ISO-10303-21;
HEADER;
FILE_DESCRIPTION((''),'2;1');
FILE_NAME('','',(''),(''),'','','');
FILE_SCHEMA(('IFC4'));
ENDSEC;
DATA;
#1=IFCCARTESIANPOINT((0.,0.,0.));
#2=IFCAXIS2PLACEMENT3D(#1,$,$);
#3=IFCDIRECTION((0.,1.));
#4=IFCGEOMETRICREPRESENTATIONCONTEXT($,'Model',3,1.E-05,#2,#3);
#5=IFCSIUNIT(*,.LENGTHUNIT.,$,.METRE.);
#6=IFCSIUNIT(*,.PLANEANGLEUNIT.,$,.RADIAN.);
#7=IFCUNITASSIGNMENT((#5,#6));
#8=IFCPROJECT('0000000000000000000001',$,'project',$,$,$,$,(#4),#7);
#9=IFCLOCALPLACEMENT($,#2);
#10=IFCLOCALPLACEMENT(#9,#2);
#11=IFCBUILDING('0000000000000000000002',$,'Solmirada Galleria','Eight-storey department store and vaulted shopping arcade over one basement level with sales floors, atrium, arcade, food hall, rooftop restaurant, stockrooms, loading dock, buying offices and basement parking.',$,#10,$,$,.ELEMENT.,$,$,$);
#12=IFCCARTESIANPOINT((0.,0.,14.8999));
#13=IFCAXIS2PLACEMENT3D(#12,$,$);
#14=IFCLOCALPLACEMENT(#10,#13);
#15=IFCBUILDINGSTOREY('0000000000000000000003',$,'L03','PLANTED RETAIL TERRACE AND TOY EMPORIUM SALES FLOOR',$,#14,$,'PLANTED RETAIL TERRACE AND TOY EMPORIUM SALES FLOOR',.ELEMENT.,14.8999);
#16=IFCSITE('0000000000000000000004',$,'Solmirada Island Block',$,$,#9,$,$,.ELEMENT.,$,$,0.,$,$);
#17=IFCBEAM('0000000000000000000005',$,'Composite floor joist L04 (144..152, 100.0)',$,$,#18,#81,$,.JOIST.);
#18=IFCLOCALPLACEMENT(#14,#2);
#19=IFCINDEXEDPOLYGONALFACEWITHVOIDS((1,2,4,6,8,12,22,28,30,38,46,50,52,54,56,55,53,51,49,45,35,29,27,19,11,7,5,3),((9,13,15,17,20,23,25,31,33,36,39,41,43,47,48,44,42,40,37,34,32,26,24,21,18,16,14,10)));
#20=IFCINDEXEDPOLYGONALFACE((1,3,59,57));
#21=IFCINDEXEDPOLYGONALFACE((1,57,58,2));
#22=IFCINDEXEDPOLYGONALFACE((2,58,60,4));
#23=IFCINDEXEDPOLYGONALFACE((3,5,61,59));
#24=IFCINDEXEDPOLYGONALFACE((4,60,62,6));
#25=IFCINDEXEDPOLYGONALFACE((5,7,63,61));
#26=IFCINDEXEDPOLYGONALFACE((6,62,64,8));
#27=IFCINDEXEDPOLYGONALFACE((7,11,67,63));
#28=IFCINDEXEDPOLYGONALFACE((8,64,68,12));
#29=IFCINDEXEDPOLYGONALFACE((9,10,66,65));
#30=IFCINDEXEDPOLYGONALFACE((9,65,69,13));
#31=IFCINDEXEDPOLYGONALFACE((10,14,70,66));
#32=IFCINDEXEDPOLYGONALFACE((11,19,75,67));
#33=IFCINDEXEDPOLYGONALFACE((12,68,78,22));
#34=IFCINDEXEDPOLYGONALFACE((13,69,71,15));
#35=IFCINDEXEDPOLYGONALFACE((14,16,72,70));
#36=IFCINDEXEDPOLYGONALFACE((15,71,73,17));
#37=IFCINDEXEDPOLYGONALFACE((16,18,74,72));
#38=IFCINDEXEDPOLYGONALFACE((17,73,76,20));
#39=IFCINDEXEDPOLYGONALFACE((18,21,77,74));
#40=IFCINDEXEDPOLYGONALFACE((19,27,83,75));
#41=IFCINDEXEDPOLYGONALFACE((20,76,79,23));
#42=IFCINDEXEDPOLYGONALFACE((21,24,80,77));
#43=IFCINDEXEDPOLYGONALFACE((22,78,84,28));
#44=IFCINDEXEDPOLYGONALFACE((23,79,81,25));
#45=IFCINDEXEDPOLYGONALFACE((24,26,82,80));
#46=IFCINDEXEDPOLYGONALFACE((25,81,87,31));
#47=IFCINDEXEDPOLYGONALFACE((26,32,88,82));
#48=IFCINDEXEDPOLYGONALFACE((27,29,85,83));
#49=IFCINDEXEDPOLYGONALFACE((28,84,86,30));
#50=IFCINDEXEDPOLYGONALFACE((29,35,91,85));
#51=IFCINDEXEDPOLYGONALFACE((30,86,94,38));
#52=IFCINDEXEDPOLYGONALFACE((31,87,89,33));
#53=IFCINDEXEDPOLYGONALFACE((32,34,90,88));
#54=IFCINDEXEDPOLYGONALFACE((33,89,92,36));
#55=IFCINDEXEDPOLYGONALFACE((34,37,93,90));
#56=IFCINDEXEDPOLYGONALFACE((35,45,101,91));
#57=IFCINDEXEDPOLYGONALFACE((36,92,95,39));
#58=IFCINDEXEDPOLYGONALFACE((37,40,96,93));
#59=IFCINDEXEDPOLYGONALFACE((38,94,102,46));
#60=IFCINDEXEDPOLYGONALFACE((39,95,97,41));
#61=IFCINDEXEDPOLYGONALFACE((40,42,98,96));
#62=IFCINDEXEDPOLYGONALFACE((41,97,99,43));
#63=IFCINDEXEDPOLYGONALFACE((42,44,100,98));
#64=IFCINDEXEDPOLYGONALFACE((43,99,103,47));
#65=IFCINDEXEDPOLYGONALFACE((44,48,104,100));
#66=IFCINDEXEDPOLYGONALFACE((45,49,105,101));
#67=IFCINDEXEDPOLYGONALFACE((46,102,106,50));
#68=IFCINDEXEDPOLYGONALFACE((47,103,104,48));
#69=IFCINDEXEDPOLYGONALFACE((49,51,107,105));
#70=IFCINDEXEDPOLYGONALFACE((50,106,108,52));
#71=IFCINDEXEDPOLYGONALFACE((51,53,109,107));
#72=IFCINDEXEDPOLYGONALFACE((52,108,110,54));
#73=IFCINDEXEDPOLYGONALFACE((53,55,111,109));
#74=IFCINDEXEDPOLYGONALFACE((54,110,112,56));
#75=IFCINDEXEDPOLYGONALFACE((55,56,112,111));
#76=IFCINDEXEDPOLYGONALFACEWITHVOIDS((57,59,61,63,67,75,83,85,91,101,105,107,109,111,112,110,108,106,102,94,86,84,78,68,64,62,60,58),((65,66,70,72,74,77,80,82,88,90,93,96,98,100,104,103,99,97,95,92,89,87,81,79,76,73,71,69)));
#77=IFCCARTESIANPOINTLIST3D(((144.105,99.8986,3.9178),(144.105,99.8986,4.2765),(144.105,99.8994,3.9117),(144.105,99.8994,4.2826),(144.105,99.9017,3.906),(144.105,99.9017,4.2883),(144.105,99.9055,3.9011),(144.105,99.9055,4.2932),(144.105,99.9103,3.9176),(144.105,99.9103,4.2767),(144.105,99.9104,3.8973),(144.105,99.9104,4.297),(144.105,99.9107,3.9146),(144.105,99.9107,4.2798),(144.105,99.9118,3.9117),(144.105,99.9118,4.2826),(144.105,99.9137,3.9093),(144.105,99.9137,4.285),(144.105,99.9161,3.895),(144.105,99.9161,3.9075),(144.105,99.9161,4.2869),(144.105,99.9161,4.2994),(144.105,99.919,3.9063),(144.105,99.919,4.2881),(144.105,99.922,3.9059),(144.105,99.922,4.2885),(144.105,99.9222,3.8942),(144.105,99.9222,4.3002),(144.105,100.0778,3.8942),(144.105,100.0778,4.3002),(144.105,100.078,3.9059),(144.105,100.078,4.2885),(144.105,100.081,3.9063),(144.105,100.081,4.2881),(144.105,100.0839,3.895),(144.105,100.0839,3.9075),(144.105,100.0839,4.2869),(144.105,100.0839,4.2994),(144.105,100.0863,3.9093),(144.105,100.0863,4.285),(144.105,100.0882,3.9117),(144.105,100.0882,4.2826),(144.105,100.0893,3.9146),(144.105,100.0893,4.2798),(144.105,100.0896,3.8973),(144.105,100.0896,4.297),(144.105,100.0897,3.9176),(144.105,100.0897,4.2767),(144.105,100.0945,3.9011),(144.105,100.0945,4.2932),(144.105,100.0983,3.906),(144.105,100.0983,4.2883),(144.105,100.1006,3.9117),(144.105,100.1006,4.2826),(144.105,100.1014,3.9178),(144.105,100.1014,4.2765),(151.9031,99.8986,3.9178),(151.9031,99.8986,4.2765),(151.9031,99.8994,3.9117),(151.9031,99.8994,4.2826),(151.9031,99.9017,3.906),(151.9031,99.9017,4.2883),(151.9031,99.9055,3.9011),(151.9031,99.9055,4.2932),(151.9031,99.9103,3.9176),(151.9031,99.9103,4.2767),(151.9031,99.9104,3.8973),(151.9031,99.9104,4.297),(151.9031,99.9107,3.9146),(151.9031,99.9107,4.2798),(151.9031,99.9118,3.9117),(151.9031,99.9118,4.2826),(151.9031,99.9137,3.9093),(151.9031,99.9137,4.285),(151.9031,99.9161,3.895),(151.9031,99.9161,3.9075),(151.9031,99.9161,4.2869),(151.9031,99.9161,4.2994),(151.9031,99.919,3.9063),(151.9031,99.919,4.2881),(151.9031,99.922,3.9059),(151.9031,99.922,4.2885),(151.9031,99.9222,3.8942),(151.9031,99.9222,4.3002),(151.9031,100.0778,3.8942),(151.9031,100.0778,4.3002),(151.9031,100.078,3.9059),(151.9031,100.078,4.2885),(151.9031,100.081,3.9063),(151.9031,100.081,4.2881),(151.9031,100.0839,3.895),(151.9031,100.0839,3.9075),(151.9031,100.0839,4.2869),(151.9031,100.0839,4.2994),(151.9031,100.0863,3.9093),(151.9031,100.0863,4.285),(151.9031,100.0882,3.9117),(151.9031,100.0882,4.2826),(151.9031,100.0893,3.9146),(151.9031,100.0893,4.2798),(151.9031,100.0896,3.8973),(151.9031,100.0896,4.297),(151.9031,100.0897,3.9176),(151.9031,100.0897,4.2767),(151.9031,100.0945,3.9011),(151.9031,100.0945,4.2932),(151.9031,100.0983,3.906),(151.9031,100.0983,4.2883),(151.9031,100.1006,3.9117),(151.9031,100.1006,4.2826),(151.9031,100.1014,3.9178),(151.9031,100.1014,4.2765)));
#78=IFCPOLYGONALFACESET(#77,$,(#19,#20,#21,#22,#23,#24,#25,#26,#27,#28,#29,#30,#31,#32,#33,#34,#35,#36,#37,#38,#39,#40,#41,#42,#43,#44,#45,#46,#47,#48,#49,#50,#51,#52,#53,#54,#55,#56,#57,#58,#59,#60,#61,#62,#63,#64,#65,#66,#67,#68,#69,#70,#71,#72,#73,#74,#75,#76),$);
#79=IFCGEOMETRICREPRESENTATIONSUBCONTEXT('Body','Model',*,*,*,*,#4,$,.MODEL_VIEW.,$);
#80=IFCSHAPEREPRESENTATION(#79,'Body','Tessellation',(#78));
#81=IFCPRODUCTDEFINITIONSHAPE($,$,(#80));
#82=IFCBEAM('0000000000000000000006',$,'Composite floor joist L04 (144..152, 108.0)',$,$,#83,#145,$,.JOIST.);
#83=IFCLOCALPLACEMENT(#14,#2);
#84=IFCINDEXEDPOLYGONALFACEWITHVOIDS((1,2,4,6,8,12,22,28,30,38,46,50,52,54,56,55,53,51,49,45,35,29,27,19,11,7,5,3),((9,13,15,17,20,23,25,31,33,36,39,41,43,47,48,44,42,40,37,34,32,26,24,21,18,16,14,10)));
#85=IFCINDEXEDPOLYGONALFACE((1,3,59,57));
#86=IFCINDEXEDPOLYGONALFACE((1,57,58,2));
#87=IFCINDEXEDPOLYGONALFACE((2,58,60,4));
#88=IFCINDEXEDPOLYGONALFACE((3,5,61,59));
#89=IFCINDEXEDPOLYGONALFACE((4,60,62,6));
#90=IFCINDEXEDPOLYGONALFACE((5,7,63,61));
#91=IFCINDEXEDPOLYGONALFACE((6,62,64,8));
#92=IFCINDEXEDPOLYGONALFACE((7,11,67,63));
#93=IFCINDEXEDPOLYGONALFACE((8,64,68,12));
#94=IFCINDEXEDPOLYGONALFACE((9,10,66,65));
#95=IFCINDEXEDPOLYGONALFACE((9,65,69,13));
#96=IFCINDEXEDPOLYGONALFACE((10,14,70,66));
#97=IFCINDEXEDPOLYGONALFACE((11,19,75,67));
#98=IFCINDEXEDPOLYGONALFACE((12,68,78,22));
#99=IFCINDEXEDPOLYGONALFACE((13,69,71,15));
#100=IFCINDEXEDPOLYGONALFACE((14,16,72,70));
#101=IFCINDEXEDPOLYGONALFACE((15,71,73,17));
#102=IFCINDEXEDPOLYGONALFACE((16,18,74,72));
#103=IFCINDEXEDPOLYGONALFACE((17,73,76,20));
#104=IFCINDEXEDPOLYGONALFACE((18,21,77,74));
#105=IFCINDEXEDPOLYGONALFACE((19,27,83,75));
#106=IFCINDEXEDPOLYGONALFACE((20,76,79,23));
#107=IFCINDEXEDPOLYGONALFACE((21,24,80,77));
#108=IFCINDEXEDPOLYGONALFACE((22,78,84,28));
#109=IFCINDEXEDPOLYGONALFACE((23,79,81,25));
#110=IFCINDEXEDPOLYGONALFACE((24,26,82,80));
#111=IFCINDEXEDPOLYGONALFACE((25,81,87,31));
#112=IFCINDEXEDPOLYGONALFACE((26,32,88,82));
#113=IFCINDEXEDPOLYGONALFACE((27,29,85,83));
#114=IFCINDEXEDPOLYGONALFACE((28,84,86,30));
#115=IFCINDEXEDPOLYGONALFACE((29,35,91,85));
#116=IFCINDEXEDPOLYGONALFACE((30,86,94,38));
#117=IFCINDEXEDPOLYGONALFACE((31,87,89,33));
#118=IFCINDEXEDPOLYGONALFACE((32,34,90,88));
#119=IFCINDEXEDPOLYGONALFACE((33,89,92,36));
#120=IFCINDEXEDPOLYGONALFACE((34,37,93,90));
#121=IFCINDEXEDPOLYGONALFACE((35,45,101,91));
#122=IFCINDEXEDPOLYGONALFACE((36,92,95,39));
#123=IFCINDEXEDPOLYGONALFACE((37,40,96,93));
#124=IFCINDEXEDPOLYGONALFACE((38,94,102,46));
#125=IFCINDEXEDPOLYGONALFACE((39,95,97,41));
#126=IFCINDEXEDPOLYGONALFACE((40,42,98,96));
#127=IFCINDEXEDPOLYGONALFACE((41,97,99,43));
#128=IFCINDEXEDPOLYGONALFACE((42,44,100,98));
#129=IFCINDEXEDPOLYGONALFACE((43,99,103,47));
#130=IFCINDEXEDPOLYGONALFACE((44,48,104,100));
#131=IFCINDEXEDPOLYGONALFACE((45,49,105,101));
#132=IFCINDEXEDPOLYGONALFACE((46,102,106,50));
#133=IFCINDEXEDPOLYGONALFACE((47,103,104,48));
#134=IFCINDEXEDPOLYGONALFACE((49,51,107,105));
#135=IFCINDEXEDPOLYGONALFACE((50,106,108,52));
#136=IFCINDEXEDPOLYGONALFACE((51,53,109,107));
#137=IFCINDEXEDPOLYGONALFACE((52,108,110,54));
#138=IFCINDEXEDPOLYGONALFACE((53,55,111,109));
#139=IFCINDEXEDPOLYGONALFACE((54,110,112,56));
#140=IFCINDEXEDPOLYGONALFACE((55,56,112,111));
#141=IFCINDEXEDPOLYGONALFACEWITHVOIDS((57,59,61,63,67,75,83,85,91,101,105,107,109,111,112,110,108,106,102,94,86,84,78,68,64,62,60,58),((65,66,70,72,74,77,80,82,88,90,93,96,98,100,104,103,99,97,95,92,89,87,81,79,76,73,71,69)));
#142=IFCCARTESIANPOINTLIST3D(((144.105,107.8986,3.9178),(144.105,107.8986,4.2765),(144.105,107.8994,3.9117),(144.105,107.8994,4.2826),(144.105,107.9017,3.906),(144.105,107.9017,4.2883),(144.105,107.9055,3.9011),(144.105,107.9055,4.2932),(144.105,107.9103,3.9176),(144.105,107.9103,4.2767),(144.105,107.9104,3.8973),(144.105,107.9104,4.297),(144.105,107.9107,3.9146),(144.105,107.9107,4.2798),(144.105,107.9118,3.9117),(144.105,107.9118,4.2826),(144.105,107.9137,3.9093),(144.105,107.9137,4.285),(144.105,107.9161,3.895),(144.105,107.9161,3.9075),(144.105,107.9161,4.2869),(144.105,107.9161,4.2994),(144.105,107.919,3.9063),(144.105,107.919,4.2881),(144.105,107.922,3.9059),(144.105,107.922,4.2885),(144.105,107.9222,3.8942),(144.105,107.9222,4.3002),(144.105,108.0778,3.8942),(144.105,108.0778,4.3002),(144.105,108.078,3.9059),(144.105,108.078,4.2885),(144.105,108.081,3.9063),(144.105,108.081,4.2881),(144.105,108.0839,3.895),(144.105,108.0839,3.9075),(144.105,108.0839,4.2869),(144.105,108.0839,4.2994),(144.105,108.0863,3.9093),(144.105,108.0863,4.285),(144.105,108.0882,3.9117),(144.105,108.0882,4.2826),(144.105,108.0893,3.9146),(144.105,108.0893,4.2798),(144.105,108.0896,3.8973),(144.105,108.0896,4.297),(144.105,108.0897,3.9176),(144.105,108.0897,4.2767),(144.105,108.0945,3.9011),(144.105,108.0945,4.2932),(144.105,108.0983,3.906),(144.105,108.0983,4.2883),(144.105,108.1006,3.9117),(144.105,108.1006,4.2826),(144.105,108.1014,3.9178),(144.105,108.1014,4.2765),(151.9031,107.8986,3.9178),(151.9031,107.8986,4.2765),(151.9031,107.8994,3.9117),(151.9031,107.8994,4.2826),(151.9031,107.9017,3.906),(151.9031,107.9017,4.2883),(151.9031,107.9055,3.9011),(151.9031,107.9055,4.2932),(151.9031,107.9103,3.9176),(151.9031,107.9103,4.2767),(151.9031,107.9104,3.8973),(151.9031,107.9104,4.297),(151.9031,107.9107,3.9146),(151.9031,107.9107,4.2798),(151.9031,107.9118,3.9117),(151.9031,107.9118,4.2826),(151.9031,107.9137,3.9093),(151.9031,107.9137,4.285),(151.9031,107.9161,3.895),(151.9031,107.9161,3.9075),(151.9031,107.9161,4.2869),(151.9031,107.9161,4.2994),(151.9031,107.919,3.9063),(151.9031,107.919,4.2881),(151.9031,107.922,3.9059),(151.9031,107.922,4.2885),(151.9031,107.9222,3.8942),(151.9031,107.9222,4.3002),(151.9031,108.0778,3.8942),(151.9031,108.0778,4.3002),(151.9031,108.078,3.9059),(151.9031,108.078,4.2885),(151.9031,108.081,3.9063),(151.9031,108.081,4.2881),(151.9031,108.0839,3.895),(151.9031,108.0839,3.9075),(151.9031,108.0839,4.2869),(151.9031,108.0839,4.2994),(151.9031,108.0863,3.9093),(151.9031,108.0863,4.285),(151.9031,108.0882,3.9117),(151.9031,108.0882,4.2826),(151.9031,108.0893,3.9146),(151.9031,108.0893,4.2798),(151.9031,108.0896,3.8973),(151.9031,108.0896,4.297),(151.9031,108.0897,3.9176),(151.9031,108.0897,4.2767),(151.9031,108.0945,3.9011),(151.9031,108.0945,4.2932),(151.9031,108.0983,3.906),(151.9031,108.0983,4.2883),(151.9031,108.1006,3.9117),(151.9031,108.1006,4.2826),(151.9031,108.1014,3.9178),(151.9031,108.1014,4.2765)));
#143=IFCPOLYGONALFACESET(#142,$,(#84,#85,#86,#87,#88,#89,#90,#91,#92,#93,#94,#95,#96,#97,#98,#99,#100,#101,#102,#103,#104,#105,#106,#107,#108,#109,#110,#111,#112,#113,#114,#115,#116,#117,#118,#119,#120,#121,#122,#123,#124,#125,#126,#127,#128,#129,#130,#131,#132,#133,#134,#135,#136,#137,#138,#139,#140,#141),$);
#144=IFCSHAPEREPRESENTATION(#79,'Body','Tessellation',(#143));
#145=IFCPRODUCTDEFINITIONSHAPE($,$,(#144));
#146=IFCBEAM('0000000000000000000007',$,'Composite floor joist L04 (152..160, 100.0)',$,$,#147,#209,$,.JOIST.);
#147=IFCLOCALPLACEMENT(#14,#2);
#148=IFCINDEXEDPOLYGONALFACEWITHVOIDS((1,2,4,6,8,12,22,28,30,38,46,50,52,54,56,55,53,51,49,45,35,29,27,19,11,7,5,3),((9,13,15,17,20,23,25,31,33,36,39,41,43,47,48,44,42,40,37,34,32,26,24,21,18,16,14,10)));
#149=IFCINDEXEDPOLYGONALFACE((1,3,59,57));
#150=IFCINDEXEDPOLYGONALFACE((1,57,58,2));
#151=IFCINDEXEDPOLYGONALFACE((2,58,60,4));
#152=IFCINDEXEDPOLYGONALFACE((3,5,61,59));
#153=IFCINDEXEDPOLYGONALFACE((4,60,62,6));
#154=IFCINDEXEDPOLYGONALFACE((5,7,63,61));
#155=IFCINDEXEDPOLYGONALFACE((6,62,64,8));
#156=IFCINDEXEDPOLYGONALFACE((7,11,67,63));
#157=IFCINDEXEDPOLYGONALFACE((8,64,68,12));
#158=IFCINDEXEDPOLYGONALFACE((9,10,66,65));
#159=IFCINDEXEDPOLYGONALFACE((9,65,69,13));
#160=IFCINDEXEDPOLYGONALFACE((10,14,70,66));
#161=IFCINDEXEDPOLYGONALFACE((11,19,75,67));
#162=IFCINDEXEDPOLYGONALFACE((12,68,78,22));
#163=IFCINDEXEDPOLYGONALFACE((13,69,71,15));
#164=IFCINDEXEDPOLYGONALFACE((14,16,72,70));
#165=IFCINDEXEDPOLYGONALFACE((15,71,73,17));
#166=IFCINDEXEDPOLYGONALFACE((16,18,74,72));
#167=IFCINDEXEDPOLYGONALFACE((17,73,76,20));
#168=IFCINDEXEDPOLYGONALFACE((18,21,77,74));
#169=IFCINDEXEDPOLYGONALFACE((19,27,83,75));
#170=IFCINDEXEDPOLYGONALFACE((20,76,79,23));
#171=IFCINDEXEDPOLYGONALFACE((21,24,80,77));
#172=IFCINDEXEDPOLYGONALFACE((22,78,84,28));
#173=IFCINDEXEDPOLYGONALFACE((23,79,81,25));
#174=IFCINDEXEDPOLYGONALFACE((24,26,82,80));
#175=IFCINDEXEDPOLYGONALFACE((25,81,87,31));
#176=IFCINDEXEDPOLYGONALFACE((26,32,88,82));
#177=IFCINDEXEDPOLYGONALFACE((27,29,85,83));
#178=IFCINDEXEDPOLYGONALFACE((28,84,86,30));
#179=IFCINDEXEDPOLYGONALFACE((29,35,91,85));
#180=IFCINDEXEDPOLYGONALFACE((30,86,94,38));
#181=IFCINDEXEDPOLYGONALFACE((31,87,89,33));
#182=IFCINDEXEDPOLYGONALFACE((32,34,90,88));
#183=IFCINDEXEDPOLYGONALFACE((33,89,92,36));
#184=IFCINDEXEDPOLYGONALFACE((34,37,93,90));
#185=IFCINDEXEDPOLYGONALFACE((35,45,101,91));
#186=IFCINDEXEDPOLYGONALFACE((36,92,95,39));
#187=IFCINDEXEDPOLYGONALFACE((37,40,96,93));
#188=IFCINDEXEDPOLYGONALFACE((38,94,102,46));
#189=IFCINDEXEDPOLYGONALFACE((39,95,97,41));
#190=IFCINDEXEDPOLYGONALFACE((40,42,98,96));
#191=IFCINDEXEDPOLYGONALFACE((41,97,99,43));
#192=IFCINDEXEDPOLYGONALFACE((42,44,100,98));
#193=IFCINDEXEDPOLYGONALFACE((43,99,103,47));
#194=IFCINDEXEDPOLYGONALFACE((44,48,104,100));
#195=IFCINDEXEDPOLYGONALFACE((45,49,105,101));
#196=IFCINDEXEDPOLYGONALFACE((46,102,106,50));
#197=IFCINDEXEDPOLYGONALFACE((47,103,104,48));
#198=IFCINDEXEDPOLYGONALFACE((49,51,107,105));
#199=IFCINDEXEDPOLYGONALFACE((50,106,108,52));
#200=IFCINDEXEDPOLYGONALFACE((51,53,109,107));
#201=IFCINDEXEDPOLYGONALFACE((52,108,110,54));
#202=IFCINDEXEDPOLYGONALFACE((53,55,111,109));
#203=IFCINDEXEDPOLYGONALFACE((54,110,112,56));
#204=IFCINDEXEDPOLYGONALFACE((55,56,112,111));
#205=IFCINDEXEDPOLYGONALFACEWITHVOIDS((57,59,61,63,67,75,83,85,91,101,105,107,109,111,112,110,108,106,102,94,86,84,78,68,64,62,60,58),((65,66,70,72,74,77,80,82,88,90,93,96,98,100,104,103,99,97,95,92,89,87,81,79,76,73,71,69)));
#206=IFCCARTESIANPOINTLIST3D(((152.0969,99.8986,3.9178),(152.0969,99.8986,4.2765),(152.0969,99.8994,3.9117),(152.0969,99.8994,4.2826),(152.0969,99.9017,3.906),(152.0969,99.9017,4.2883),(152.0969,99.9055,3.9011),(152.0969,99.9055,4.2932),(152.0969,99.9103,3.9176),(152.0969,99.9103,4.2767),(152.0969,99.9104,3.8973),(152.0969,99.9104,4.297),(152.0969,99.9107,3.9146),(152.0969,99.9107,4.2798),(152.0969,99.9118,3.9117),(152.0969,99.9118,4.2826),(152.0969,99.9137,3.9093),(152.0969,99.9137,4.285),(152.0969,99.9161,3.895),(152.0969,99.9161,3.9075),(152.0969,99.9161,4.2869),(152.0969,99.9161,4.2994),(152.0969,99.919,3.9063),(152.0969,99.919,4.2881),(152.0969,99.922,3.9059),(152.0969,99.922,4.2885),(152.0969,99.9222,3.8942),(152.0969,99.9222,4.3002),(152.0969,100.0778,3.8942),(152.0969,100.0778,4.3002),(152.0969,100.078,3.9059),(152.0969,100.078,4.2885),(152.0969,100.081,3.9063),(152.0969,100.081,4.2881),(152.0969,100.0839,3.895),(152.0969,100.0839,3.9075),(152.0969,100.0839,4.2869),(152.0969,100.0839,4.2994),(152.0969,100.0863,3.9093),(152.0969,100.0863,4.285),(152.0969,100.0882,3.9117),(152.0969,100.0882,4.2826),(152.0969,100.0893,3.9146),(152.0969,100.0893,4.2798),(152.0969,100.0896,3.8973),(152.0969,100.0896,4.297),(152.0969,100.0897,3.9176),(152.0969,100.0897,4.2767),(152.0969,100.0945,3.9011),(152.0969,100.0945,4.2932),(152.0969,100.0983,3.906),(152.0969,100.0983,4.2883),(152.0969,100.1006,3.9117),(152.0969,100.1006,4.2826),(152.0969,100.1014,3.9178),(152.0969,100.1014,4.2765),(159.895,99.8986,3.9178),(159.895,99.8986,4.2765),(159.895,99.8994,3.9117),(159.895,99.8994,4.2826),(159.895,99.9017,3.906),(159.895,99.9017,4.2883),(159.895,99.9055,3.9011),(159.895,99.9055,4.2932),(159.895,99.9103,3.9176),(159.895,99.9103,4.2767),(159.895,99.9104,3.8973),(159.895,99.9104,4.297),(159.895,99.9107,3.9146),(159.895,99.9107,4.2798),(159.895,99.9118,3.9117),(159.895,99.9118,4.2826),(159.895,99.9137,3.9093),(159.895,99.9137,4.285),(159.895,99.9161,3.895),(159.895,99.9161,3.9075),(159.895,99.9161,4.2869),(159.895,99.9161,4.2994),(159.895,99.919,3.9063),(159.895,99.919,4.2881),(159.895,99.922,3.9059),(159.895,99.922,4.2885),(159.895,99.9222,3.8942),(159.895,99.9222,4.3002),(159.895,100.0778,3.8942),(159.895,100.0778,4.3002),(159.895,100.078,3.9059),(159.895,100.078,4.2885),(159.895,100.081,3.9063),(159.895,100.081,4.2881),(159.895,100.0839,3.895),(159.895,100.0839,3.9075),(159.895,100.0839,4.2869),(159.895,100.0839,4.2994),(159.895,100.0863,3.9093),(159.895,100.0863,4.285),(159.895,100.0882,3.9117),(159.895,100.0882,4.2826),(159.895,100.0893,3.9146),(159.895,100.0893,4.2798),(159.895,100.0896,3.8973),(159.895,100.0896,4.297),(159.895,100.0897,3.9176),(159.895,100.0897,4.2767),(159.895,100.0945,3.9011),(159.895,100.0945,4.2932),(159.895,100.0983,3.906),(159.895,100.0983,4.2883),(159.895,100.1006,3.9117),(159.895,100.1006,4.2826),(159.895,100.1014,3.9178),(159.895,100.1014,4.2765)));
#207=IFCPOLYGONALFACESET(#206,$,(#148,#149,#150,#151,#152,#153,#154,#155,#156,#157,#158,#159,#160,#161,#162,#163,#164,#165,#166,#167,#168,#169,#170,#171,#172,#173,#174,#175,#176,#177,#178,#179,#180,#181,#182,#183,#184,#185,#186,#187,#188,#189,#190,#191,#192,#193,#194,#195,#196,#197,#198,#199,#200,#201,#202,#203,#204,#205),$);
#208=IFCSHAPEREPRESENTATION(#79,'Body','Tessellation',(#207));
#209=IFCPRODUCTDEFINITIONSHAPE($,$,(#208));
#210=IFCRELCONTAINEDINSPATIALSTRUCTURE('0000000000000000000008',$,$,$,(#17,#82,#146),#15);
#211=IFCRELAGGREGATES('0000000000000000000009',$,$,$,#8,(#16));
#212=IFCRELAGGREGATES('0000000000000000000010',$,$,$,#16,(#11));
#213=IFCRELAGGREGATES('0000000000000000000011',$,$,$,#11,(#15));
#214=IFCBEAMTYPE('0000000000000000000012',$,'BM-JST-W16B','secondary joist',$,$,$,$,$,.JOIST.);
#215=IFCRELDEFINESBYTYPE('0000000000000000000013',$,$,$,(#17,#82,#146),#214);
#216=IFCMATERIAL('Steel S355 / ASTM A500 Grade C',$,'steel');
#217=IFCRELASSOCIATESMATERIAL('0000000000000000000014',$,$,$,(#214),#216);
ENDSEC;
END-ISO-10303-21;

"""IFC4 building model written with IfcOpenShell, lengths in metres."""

from ifc_helpers import new_model, si_unit, direction, frame, origin, origin_2d, place, context, subcontext, project, spatial, hollow_rectangle, extrude, material, material_profile, profile_set, type_object, element, save


model = new_model("IFC4")

# Units and contexts
model_context = context("Model", 3, precision=1e-05, world=origin(), true_north=direction((0.0, 1.0)))
body_context = subcontext(model_context, "Body", "Model", "MODEL_VIEW")
ifc_project = project(units=[si_unit("LENGTHUNIT", "METRE"), si_unit("PLANEANGLEUNIT", "RADIAN")], contexts=[model_context])

# Site, building, storey
site_placement = place(None, origin())
site = spatial("IfcSite", under=ifc_project, at=site_placement, Name="Solmirada Island Block", CompositionType="ELEMENT", RefElevation=0.0)
building_placement = place(site_placement, origin())
building = spatial("IfcBuilding", under=site, at=building_placement, Name="Solmirada Galleria", Description="Eight-storey department store and vaulted shopping arcade over one basement level with sales floors, atrium, arcade, food hall, rooftop restaurant, stockrooms, loading dock, buying offices and basement parking.", CompositionType="ELEMENT")
storey_placement = place(building_placement, frame((0.0, 0.0, 14.8999)))
storey = spatial("IfcBuildingStorey", under=building, at=storey_placement, Name="L03", Description="PLANTED RETAIL TERRACE AND TOY EMPORIUM SALES FLOOR", LongName="PLANTED RETAIL TERRACE AND TOY EMPORIUM SALES FLOOR", CompositionType="ELEMENT", Elevation=14.8999)

# Beams
ifc_material_1 = material(Name="Steel S355 / ASTM A500 Grade C", Category="steel")
ifc_material_profile_1 = material_profile(ifc_material_1, hollow_rectangle(XDim=0.2029, YDim=0.406, WallThickness=0.0117, InnerFilletRadius=0.0117, OuterFilletRadius=0.0237, at=origin_2d()), Name="HSS16X8X1/2")
ifc_profile_set_1 = profile_set([ifc_material_profile_1], Name="Steel S355 / ASTM A500 Grade C")
beam_type_1 = type_object("IfcBeamType", Name="BM-JST-W16B", Description="secondary joist", PredefinedType="JOIST", material=ifc_profile_set_1)
for number, where, z_axis, x_axis, name in (
    (1, (144.105, 100.0, 4.0972), (1.0, 0.0, 0.0), (0.0, 1.0, 0.0), "Composite floor joist L04 (144..152, 100.0)"),
    (2, (144.105, 108.0, 4.0972), (1.0, 0.0, 0.0), (0.0, 1.0, 0.0), "Composite floor joist L04 (144..152, 108.0)"),
    (3, (152.0969, 100.0, 4.0972), (1.0, 0.0, 0.0), (0.0, 1.0, 0.0), "Composite floor joist L04 (152..160, 100.0)"),
):
    element("IfcBeam", number, at=place(storey_placement, frame(where, z_axis=z_axis, x_axis=x_axis)), inside=storey, type_object=beam_type_1, Name=name, PredefinedType="JOIST", context=body_context, shape_type="SweptSolid", body=[
        extrude(hollow_rectangle(XDim=0.2029, YDim=0.406, WallThickness=0.0117, InnerFilletRadius=0.0117, OuterFilletRadius=0.0237, at=origin_2d()), origin(), (0.0, 0.0, 1.0), 7.7981),
    ])

save(model, "model.ifc")
